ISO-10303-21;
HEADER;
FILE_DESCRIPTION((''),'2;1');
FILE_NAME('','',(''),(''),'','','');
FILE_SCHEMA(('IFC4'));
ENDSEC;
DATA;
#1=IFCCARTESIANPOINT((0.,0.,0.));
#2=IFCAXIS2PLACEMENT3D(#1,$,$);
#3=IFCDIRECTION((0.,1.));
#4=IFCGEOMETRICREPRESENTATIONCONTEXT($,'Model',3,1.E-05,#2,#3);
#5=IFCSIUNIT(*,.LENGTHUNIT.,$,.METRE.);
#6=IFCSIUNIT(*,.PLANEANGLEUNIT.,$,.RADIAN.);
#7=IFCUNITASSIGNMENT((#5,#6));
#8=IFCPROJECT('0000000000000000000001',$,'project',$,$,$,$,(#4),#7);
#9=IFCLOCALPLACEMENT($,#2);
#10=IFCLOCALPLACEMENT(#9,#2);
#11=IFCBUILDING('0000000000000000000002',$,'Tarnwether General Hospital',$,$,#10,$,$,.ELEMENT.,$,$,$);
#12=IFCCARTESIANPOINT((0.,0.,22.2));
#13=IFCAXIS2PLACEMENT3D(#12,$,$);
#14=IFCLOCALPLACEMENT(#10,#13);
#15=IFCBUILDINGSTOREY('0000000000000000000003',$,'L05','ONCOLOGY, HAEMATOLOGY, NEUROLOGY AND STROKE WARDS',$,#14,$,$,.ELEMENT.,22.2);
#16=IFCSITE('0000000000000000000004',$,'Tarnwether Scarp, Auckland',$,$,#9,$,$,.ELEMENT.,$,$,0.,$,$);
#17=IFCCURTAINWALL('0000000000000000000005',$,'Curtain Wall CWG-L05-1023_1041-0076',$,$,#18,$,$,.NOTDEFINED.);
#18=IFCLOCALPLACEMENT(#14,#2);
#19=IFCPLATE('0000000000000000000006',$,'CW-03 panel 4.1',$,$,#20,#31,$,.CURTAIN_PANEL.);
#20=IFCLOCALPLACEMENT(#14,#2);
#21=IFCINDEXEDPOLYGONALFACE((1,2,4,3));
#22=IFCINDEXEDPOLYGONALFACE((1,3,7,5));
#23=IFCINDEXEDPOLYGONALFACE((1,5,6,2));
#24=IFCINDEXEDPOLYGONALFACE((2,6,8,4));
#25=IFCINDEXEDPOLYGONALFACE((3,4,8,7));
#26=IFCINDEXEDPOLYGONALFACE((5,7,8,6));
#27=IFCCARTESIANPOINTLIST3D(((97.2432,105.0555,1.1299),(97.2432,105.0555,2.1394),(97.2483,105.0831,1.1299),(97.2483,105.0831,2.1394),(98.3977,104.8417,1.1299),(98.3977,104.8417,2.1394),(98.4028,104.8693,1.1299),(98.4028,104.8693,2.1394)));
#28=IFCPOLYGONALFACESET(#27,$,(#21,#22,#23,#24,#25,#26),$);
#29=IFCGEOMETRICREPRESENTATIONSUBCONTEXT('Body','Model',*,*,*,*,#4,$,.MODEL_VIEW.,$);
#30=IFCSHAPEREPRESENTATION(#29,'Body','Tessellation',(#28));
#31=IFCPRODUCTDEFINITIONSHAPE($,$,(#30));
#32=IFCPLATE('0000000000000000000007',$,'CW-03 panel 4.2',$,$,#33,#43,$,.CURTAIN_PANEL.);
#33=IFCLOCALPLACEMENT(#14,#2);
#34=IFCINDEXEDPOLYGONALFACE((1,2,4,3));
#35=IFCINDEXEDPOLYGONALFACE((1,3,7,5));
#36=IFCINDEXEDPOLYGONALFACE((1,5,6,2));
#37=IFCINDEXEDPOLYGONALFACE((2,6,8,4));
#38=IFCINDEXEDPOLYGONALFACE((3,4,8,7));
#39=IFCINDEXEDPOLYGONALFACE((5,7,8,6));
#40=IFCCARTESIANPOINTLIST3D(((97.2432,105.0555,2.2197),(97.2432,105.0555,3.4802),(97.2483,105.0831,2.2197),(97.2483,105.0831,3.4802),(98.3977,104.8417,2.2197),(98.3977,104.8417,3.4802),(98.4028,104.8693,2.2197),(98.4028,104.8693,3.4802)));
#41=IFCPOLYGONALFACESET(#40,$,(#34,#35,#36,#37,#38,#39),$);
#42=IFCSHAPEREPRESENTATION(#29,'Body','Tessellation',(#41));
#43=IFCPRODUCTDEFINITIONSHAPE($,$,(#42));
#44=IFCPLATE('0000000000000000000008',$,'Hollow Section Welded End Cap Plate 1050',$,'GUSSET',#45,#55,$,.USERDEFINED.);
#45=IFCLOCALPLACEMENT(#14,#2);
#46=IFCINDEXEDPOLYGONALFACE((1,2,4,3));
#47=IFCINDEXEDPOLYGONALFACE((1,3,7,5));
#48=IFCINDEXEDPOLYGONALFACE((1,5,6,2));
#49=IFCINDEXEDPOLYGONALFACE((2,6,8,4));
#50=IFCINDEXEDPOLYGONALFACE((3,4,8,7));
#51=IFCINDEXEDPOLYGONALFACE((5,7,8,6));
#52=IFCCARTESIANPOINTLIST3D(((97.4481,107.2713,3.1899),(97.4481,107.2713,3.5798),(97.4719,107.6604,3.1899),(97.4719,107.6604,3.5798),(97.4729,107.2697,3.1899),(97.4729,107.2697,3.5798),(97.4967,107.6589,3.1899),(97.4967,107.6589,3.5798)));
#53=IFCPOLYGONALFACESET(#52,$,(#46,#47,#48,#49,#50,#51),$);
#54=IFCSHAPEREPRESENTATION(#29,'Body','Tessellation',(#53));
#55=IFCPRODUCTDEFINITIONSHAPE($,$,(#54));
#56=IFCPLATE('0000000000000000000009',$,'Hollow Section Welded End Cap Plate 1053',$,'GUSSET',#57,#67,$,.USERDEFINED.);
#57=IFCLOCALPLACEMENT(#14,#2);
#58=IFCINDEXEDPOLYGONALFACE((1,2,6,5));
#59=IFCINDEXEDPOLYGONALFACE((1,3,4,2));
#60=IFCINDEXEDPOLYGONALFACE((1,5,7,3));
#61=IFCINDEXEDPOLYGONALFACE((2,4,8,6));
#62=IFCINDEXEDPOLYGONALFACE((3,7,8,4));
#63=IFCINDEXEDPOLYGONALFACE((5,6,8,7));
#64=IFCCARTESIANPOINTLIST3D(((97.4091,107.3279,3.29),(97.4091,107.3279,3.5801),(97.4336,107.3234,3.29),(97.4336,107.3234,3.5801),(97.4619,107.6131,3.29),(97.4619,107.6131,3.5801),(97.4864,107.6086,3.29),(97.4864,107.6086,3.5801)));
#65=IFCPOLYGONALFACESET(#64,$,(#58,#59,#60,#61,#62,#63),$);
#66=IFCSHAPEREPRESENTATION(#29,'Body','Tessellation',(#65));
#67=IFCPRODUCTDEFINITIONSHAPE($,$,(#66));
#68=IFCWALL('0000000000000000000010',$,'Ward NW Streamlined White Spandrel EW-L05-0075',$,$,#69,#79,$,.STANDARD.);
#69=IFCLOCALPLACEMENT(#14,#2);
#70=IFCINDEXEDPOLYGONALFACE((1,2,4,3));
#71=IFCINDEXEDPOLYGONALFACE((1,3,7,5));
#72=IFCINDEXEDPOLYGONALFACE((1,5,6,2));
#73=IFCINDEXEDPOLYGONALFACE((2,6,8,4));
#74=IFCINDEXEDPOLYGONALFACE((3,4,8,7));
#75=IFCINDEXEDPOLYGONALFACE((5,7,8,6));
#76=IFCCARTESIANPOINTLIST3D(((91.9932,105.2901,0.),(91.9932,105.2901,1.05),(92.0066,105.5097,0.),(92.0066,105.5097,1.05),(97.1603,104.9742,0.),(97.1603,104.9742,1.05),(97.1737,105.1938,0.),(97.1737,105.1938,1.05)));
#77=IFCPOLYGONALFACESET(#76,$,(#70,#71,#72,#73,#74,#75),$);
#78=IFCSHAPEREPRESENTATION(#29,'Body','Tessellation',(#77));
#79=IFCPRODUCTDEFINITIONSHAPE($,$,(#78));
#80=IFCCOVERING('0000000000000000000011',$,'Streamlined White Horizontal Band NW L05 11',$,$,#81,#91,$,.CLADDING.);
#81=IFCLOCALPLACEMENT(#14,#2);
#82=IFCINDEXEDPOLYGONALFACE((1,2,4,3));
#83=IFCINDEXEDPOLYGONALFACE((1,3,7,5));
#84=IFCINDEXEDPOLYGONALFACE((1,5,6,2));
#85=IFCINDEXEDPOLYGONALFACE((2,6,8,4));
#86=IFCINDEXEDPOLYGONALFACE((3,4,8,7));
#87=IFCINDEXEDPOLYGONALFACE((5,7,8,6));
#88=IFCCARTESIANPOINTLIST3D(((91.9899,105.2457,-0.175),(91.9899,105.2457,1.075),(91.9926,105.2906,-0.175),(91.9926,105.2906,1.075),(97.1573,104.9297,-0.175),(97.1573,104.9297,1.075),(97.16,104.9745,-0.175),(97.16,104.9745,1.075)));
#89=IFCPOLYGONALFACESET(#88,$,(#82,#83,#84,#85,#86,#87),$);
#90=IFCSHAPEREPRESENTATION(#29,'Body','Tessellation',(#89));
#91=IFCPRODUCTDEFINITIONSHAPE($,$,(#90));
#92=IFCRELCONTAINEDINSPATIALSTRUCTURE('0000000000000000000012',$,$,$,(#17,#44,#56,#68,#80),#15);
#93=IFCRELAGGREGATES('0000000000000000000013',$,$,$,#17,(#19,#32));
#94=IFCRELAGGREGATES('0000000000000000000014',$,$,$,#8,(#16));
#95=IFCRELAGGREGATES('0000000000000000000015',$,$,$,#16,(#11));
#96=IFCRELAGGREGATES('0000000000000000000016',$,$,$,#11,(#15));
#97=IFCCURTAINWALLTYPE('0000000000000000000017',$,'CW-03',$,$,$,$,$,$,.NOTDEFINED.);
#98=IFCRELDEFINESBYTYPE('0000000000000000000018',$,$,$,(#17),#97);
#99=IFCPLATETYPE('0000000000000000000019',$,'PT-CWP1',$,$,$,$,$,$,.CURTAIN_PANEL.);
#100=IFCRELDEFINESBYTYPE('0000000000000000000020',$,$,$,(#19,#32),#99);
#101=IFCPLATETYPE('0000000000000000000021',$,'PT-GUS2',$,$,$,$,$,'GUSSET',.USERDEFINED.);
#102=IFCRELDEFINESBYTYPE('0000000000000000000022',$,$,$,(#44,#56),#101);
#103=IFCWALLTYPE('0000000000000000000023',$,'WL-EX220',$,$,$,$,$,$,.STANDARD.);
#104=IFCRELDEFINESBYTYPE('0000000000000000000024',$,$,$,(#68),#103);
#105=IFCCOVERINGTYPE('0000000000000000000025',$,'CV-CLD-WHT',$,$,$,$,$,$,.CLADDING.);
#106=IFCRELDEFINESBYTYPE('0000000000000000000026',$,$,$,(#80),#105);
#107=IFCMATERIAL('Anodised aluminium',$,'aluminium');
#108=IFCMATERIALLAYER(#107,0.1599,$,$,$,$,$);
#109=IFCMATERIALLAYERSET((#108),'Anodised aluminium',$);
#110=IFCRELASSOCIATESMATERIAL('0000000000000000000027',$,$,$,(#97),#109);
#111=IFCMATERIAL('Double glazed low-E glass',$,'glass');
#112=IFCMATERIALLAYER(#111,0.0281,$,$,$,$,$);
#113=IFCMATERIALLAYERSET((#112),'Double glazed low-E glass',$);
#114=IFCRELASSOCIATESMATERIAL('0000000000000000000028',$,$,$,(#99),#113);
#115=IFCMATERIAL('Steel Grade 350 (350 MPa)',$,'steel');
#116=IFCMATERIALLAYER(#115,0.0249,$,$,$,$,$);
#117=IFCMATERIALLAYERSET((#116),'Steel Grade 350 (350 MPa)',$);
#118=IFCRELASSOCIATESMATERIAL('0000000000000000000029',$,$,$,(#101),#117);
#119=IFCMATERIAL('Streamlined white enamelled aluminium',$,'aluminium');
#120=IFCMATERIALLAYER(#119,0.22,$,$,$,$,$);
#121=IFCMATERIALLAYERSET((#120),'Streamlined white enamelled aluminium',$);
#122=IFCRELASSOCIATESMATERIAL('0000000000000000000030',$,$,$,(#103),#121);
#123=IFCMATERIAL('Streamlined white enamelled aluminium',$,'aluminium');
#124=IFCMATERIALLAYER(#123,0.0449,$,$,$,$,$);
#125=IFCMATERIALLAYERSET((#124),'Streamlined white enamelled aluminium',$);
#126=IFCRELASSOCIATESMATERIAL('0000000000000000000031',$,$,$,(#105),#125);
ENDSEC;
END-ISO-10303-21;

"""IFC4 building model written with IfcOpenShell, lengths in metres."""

from ifc_helpers import new_model, si_unit, direction, frame, frame_2d, origin, origin_2d, place, context, subcontext, project, spatial, rectangle, extrude, material, layer, layer_set, type_object, element, aggregate, save


model = new_model("IFC4")

# Units and contexts
model_context = context("Model", 3, precision=1e-05, world=origin(), true_north=direction((0.0, 1.0)))
body_context = subcontext(model_context, "Body", "Model", "MODEL_VIEW")
ifc_project = project(units=[si_unit("LENGTHUNIT", "METRE"), si_unit("PLANEANGLEUNIT", "RADIAN")], contexts=[model_context])

# Site, building, storey
site_placement = place(None, origin())
site = spatial("IfcSite", under=ifc_project, at=site_placement, Name="Tarnwether Scarp, Auckland", CompositionType="ELEMENT", RefElevation=0.0)
building_placement = place(site_placement, origin())
building = spatial("IfcBuilding", under=site, at=building_placement, Name="Tarnwether General Hospital", CompositionType="ELEMENT")
storey_placement = place(building_placement, frame((0.0, 0.0, 22.2)))
storey = spatial("IfcBuildingStorey", under=building, at=storey_placement, Name="L05", Description="ONCOLOGY, HAEMATOLOGY, NEUROLOGY AND STROKE WARDS", CompositionType="ELEMENT", Elevation=22.2)

# Shared definitions
ifc_material_1 = material(Name="Anodised aluminium", Category="aluminium")
ifc_layer_1 = layer(ifc_material_1, 0.1599)
ifc_layer_set_1 = layer_set([ifc_layer_1], Name="Anodised aluminium")
curtain_wall_type = type_object("IfcCurtainWallType", Name="CW-03", PredefinedType="NOTDEFINED", material=ifc_layer_set_1)

# Curtain wall
curtain_wall_1_placement = place(storey_placement, origin())
curtain_wall_1 = element("IfcCurtainWall", 1, at=curtain_wall_1_placement, inside=storey, type_object=curtain_wall_type, Name="Curtain Wall CWG-L05-1023_1041-0076", PredefinedType="NOTDEFINED")

# Plates
ifc_material_2 = material(Name="Double glazed low-E glass", Category="glass")
ifc_layer_2 = layer(ifc_material_2, 0.0281)
ifc_layer_set_2 = layer_set([ifc_layer_2], Name="Double glazed low-E glass")
plate_type_1 = type_object("IfcPlateType", Name="PT-CWP1", PredefinedType="CURTAIN_PANEL", material=ifc_layer_set_2)
plate_1_placement = place(storey_placement, frame((97.823, 104.9624, 1.1299), z_axis=(0.0, 0.0, 1.0), x_axis=(-0.983268, 0.182165, 0.0)))
plate_1 = element("IfcPlate", 2, at=plate_1_placement, type_object=plate_type_1, Name="CW-03 panel 4.1", PredefinedType="CURTAIN_PANEL", context=body_context, shape_type="SweptSolid", body=[
    extrude(rectangle(XDim=1.1741, YDim=0.0281, at=origin_2d()), origin(), (0.0, 0.0, 1.0), 1.0095),
])
plate_2_placement = place(storey_placement, frame((97.823, 104.9624, 2.2197), z_axis=(0.0, 0.0, 1.0), x_axis=(-0.983268, 0.182165, 0.0)))
plate_2 = element("IfcPlate", 3, at=plate_2_placement, type_object=plate_type_1, Name="CW-03 panel 4.2", PredefinedType="CURTAIN_PANEL", context=body_context, shape_type="SweptSolid", body=[
    extrude(rectangle(XDim=1.1741, YDim=0.0281, at=origin_2d()), origin(), (0.0, 0.0, 1.0), 1.2605),
])
aggregate(curtain_wall_1, [plate_1, plate_2])

# Plates
ifc_material_3 = material(Name="Steel Grade 350 (350 MPa)", Category="steel")
ifc_layer_3 = layer(ifc_material_3, 0.0249)
ifc_layer_set_3 = layer_set([ifc_layer_3], Name="Steel Grade 350 (350 MPa)")
plate_type_2 = type_object("IfcPlateType", Name="PT-GUS2", ElementType="GUSSET", PredefinedType="USERDEFINED", material=ifc_layer_set_3)
plate_3_placement = place(storey_placement, frame((97.4724, 107.4651, 3.1899), z_axis=(0.0, 0.0, 1.0), x_axis=(0.998134, -0.061066, 0.0)))
element("IfcPlate", 4, at=plate_3_placement, inside=storey, type_object=plate_type_2, Name="Hollow Section Welded End Cap Plate 1050", ObjectType="GUSSET", PredefinedType="USERDEFINED", context=body_context, shape_type="SweptSolid", body=[
    extrude(rectangle(XDim=0.0249, YDim=0.3899, at=origin_2d()), origin(), (0.0, 0.0, 1.0), 0.3899),
])
plate_4_placement = place(storey_placement, frame((97.4478, 107.4683, 3.29), z_axis=(0.0, 0.0, 1.0), x_axis=(0.983245, -0.182287, 0.0)))
element("IfcPlate", 5, at=plate_4_placement, inside=storey, type_object=plate_type_2, Name="Hollow Section Welded End Cap Plate 1053", ObjectType="GUSSET", PredefinedType="USERDEFINED", context=body_context, shape_type="SweptSolid", body=[
    extrude(rectangle(XDim=0.0249, YDim=0.29, at=origin_2d()), origin(), (0.0, 0.0, 1.0), 0.29),
])

# Wall
ifc_material_4 = material(Name="Streamlined white enamelled aluminium", Category="aluminium")
ifc_layer_4 = layer(ifc_material_4, 0.22)
ifc_layer_set_4 = layer_set([ifc_layer_4], Name="Streamlined white enamelled aluminium")
wall_type = type_object("IfcWallType", Name="WL-EX220", PredefinedType="STANDARD", material=ifc_layer_set_4)
wall_placement = place(storey_placement, frame((97.167, 105.084, 0.0), z_axis=(0.0, 0.0, 1.0), x_axis=(-0.998136, 0.061028, 0.0)))
element("IfcWall", 6, at=wall_placement, inside=storey, type_object=wall_type, Name="Ward NW Streamlined White Spandrel EW-L05-0075", PredefinedType="STANDARD", context=body_context, shape_type="SweptSolid", body=[
    extrude(rectangle(XDim=5.1768, YDim=0.22, at=frame_2d((2.5884, 0.0))), origin(), (0.0, 0.0, 1.0), 1.05),
])

# Covering
ifc_material_5 = material(Name="Streamlined white enamelled aluminium", Category="aluminium")
ifc_layer_5 = layer(ifc_material_5, 0.0449)
ifc_layer_set_5 = layer_set([ifc_layer_5], Name="Streamlined white enamelled aluminium")
covering_type = type_object("IfcCoveringType", Name="CV-CLD-WHT", PredefinedType="CLADDING", material=ifc_layer_set_5)
covering_placement = place(storey_placement, frame((94.575, 105.1101, -0.175), z_axis=(0.0, 0.0, 1.0), x_axis=(-0.998135, 0.061049, 0.0)))
element("IfcCovering", 7, at=covering_placement, inside=storey, type_object=covering_type, Name="Streamlined White Horizontal Band NW L05 11", PredefinedType="CLADDING", context=body_context, shape_type="SweptSolid", body=[
    extrude(rectangle(XDim=5.177, YDim=0.0449, at=origin_2d()), origin(), (0.0, 0.0, 1.0), 1.25),
])

save(model, "model.ifc")
